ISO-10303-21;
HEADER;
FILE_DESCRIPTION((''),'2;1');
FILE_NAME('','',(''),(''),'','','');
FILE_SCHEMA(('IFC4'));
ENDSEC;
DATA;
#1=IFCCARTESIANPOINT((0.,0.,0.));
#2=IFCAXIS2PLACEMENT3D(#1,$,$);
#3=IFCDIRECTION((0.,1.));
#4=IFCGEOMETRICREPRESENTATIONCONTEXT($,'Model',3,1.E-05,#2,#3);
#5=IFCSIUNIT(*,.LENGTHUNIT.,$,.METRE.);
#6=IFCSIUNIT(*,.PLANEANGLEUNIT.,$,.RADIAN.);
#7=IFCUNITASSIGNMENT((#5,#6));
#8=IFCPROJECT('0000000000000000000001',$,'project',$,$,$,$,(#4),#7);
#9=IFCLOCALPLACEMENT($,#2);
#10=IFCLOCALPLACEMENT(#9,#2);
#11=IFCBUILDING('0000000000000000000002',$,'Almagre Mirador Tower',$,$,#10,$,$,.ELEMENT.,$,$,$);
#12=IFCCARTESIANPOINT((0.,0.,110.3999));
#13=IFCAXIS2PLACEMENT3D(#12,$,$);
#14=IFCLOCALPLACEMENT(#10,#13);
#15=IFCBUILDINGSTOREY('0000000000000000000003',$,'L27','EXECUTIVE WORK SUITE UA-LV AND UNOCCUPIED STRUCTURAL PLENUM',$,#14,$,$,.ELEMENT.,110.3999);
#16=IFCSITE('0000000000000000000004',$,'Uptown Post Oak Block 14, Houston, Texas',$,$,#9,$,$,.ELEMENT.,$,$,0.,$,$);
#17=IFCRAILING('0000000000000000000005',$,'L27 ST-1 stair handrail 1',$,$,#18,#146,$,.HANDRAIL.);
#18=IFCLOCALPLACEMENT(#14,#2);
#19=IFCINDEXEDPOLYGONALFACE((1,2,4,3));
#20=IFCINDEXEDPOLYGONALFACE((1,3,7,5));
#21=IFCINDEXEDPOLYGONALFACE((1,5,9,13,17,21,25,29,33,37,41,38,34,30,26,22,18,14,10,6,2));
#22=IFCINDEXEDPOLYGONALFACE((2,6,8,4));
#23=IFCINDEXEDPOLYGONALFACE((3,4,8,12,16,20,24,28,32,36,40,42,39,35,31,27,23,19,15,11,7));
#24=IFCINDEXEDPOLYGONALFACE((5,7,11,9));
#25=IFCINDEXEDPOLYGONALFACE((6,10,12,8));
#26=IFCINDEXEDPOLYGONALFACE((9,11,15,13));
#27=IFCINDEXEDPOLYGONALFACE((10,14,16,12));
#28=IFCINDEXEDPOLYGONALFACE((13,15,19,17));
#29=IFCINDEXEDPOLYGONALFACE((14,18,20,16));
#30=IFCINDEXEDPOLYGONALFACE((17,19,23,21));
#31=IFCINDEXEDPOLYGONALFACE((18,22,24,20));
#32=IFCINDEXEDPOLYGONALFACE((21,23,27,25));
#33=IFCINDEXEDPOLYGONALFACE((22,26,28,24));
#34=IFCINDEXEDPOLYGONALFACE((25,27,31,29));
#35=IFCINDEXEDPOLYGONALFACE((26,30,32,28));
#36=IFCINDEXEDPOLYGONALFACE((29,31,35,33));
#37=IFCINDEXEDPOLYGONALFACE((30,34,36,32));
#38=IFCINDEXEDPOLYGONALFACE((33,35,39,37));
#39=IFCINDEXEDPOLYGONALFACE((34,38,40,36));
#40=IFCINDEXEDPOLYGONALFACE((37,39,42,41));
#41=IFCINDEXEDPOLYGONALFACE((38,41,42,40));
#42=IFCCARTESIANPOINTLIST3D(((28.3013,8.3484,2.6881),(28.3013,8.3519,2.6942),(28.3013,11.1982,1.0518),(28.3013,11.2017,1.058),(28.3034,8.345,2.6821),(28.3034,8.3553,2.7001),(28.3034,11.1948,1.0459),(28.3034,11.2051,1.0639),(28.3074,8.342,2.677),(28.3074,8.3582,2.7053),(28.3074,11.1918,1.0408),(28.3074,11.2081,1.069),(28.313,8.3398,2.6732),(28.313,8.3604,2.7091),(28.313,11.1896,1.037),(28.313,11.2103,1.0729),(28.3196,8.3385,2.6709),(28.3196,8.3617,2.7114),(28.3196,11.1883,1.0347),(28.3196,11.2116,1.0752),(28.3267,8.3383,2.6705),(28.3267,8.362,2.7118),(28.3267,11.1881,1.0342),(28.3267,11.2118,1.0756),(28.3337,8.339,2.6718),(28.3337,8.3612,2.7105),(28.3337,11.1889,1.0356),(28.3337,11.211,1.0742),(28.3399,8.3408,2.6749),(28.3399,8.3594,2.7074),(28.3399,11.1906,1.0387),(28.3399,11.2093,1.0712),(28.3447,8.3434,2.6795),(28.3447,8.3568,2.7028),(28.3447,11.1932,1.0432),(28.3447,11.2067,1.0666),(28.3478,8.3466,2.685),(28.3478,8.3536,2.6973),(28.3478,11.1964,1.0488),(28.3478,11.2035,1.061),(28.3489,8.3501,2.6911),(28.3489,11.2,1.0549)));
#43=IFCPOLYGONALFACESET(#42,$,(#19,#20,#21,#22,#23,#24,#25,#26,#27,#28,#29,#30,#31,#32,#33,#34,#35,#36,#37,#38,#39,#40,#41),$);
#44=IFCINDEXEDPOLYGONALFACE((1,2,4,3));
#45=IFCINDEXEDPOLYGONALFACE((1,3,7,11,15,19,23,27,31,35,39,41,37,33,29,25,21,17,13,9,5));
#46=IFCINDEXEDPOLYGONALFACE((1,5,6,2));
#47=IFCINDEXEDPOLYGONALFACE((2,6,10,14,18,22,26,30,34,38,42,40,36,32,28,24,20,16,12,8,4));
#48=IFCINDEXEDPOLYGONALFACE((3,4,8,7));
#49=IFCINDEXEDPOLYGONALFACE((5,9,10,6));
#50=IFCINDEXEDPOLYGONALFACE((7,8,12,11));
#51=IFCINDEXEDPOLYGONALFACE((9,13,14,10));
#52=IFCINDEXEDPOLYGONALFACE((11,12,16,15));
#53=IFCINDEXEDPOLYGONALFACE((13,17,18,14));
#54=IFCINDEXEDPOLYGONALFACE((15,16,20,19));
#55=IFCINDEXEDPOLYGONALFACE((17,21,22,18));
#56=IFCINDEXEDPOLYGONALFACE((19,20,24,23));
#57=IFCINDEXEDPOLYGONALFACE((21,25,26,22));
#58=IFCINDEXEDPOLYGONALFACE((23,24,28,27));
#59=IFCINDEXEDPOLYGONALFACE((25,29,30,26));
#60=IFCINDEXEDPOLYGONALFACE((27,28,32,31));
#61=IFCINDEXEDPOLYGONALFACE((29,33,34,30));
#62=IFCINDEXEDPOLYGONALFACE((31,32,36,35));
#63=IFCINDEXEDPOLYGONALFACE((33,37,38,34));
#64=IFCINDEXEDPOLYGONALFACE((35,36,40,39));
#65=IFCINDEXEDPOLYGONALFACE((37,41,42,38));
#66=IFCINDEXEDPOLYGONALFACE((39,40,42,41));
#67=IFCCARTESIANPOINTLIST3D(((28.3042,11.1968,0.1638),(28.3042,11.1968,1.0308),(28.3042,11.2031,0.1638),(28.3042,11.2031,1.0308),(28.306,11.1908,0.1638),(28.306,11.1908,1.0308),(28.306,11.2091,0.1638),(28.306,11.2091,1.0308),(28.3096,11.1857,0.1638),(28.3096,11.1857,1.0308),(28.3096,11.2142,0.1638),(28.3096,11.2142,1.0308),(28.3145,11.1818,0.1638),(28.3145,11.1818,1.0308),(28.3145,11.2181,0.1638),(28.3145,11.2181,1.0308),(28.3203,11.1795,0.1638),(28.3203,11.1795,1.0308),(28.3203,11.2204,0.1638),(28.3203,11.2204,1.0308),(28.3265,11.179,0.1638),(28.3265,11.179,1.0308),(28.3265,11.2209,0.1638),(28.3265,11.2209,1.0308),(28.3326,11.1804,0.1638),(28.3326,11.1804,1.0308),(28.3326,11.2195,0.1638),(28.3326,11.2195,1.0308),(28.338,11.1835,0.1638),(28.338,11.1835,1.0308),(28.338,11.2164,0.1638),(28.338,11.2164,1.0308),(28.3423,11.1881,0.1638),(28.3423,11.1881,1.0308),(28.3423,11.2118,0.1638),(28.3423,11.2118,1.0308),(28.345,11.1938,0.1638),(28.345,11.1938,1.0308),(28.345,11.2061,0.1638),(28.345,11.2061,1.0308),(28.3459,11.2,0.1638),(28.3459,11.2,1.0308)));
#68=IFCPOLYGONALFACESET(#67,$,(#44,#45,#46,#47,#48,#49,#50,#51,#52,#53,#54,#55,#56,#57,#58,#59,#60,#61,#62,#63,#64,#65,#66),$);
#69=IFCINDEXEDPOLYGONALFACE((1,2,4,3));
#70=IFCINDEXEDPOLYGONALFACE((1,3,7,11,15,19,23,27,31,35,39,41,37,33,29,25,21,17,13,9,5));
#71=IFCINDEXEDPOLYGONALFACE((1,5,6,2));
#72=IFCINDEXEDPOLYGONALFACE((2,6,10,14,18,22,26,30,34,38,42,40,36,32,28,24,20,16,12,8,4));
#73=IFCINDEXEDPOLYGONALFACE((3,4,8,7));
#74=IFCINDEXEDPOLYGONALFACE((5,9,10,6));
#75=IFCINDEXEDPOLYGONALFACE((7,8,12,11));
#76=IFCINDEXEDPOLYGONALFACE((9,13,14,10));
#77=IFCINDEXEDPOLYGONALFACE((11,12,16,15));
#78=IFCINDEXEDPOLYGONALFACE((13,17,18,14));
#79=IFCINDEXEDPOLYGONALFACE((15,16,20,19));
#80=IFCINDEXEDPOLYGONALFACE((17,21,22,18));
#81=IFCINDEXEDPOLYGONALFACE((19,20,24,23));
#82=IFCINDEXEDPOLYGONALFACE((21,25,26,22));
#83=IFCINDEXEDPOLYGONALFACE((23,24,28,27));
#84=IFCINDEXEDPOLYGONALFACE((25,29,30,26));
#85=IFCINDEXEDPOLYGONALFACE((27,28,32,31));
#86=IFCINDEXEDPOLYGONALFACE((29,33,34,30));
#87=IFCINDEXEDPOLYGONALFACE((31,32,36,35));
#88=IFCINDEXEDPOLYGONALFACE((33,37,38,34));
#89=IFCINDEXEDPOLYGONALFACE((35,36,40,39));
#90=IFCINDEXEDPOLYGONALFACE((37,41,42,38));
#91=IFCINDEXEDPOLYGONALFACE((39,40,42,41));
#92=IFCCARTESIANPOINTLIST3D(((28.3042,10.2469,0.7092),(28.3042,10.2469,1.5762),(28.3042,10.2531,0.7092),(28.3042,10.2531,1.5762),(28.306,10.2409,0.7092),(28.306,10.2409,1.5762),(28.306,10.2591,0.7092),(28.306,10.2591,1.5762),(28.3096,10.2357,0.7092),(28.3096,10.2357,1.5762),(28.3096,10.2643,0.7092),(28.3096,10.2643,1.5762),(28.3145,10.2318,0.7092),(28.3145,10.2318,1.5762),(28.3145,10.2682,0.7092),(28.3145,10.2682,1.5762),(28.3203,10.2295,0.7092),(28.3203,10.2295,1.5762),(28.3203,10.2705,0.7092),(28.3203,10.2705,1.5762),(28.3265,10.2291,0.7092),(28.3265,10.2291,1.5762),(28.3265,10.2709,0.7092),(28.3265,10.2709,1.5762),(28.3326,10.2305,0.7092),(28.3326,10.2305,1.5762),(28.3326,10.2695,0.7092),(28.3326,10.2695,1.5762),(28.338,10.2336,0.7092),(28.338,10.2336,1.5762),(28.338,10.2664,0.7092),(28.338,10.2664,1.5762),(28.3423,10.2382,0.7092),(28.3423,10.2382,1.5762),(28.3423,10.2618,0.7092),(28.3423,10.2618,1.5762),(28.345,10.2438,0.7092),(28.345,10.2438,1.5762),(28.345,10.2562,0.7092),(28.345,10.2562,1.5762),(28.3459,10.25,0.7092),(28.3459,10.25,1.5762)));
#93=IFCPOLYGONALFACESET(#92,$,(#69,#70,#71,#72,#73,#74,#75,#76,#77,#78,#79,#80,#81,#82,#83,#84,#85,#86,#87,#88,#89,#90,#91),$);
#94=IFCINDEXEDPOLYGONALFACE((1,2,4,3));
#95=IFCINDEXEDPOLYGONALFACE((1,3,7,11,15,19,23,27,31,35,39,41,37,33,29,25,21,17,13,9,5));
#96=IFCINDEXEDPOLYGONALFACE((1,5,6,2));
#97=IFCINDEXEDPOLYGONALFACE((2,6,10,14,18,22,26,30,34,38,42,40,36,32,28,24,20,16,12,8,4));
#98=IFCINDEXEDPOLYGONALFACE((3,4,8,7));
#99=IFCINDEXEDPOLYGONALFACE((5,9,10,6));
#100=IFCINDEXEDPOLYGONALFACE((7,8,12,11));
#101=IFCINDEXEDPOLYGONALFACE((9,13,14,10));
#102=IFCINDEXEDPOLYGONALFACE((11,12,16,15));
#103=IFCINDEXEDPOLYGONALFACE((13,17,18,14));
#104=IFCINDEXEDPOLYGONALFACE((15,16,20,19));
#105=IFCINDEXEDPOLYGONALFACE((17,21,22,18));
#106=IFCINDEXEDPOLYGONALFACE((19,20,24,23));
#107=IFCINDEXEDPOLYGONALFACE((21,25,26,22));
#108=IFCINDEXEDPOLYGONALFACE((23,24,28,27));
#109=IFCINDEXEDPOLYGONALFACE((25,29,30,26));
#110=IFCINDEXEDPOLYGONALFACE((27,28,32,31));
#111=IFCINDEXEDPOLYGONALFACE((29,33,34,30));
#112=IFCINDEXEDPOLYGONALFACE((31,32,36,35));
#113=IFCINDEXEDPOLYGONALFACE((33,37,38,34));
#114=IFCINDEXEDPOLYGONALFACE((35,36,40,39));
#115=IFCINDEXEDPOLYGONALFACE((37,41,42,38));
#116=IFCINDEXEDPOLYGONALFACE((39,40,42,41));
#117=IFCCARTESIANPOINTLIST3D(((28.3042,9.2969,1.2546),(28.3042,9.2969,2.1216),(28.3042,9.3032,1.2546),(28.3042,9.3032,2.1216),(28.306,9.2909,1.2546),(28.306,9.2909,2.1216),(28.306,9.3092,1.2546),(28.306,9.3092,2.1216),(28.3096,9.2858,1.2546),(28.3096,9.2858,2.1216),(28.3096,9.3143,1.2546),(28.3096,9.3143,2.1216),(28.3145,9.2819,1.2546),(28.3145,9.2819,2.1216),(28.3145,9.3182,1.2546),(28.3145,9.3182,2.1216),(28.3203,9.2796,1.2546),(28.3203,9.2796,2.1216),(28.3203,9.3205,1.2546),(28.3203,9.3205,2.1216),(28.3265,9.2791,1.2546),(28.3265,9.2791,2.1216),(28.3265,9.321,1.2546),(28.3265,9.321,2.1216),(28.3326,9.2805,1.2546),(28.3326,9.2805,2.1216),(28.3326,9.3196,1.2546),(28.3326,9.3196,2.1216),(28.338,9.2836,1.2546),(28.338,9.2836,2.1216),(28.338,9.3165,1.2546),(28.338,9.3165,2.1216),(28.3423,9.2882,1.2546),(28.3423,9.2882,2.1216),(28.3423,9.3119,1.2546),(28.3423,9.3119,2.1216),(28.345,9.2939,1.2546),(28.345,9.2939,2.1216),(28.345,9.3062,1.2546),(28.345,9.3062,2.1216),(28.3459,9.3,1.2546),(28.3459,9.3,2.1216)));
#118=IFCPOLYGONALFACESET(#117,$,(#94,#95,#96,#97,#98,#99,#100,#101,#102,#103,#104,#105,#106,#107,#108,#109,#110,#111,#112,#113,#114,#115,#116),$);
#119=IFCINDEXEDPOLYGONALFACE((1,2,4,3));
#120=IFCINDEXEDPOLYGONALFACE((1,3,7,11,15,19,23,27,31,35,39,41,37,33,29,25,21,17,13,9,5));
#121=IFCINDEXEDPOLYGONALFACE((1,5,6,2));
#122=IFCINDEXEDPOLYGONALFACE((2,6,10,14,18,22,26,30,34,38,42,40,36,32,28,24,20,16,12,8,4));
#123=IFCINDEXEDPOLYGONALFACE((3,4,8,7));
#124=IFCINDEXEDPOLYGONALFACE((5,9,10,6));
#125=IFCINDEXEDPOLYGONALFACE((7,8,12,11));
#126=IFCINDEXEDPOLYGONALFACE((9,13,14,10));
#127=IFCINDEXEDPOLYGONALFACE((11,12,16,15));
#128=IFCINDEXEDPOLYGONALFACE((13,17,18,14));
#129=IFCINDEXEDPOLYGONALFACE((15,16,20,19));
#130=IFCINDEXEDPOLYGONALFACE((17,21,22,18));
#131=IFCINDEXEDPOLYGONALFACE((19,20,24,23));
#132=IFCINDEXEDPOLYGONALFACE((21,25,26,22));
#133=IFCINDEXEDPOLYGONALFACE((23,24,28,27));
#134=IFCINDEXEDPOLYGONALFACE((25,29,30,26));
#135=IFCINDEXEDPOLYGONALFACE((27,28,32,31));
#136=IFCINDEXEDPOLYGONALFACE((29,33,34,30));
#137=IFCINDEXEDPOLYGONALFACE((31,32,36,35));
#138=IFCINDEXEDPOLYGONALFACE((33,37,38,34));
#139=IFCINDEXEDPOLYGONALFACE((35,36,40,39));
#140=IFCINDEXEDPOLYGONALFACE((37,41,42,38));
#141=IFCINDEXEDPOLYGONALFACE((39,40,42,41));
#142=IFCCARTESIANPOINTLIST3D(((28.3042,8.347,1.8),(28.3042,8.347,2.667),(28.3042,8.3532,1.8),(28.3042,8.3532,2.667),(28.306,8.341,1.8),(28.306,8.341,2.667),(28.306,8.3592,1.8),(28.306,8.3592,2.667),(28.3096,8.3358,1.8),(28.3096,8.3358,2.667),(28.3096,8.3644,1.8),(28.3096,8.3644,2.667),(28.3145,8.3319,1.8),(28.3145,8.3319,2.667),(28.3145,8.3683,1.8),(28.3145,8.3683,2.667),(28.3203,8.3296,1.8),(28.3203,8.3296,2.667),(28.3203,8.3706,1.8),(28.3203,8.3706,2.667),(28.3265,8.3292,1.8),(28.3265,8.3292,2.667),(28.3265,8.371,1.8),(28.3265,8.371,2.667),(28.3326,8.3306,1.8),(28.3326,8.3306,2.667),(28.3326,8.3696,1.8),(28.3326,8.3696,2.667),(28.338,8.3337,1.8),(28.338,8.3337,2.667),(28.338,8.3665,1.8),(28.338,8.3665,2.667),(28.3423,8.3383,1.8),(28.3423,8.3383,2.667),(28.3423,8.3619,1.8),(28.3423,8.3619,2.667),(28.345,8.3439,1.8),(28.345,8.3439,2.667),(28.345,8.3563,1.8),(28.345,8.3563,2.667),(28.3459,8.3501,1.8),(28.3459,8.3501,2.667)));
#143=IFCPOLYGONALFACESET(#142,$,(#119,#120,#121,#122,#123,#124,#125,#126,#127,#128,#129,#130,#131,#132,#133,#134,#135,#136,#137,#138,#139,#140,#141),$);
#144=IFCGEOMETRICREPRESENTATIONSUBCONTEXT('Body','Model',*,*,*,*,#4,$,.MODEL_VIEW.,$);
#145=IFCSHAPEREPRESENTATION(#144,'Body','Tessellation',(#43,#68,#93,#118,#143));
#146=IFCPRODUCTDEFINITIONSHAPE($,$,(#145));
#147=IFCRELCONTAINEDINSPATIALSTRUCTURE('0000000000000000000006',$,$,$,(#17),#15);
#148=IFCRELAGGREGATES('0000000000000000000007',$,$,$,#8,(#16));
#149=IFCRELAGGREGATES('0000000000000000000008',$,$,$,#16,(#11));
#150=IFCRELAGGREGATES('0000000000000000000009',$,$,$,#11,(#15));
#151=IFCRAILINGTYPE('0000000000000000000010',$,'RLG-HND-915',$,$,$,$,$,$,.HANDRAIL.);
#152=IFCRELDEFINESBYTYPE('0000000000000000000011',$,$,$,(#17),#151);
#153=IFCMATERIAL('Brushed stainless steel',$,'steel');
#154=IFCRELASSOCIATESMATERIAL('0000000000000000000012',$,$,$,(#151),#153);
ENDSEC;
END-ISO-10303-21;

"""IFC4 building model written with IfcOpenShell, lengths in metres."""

from ifc_helpers import new_model, si_unit, direction, frame, origin, origin_2d, place, context, subcontext, project, spatial, circle, extrude, material, type_object, element, save


model = new_model("IFC4")

# Units and contexts
model_context = context("Model", 3, precision=1e-05, world=origin(), true_north=direction((0.0, 1.0)))
body_context = subcontext(model_context, "Body", "Model", "MODEL_VIEW")
ifc_project = project(units=[si_unit("LENGTHUNIT", "METRE"), si_unit("PLANEANGLEUNIT", "RADIAN")], contexts=[model_context])

# Site, building, storey
site_placement = place(None, origin())
site = spatial("IfcSite", under=ifc_project, at=site_placement, Name="Uptown Post Oak Block 14, Houston, Texas", CompositionType="ELEMENT", RefElevation=0.0)
building_placement = place(site_placement, origin())
building = spatial("IfcBuilding", under=site, at=building_placement, Name="Almagre Mirador Tower", CompositionType="ELEMENT")
storey_placement = place(building_placement, frame((0.0, 0.0, 110.3999)))
storey = spatial("IfcBuildingStorey", under=building, at=storey_placement, Name="L27", Description="EXECUTIVE WORK SUITE UA-LV AND UNOCCUPIED STRUCTURAL PLENUM", CompositionType="ELEMENT", Elevation=110.3999)

# Railing
ifc_material_1 = material(Name="Brushed stainless steel", Category="steel")
railing_type_1 = type_object("IfcRailingType", Name="RLG-HND-915", PredefinedType="HANDRAIL", material=ifc_material_1)
railing_1_placement = place(storey_placement, frame((28.325, 11.2, 0.1638)))
element("IfcRailing", 1, at=railing_1_placement, inside=storey, type_object=railing_type_1, Name="L27 ST-1 stair handrail 1", PredefinedType="HANDRAIL", context=body_context, shape_type="SweptSolid", body=[
    extrude(circle(Radius=0.0239, at=origin_2d()), frame((0.0, 0.0, 0.8911), z_axis=(0.0, -0.867226, 0.497914), x_axis=(1.0, 0.0, 0.0)), (0.0, 0.0, 1.0), 3.2861),
    extrude(circle(Radius=0.021, at=origin_2d()), origin(), (0.0, 0.0, 1.0), 0.8669),
    extrude(circle(Radius=0.021, at=origin_2d()), frame((0.0, -0.95, 0.5454)), (0.0, 0.0, 1.0), 0.8669),
    extrude(circle(Radius=0.021, at=origin_2d()), frame((0.0, -1.8999, 1.0908)), (0.0, 0.0, 1.0), 0.8669),
    extrude(circle(Radius=0.021, at=origin_2d()), frame((0.0, -2.8499, 1.6362)), (0.0, 0.0, 1.0), 0.8669),
])

save(model, "model.ifc")
